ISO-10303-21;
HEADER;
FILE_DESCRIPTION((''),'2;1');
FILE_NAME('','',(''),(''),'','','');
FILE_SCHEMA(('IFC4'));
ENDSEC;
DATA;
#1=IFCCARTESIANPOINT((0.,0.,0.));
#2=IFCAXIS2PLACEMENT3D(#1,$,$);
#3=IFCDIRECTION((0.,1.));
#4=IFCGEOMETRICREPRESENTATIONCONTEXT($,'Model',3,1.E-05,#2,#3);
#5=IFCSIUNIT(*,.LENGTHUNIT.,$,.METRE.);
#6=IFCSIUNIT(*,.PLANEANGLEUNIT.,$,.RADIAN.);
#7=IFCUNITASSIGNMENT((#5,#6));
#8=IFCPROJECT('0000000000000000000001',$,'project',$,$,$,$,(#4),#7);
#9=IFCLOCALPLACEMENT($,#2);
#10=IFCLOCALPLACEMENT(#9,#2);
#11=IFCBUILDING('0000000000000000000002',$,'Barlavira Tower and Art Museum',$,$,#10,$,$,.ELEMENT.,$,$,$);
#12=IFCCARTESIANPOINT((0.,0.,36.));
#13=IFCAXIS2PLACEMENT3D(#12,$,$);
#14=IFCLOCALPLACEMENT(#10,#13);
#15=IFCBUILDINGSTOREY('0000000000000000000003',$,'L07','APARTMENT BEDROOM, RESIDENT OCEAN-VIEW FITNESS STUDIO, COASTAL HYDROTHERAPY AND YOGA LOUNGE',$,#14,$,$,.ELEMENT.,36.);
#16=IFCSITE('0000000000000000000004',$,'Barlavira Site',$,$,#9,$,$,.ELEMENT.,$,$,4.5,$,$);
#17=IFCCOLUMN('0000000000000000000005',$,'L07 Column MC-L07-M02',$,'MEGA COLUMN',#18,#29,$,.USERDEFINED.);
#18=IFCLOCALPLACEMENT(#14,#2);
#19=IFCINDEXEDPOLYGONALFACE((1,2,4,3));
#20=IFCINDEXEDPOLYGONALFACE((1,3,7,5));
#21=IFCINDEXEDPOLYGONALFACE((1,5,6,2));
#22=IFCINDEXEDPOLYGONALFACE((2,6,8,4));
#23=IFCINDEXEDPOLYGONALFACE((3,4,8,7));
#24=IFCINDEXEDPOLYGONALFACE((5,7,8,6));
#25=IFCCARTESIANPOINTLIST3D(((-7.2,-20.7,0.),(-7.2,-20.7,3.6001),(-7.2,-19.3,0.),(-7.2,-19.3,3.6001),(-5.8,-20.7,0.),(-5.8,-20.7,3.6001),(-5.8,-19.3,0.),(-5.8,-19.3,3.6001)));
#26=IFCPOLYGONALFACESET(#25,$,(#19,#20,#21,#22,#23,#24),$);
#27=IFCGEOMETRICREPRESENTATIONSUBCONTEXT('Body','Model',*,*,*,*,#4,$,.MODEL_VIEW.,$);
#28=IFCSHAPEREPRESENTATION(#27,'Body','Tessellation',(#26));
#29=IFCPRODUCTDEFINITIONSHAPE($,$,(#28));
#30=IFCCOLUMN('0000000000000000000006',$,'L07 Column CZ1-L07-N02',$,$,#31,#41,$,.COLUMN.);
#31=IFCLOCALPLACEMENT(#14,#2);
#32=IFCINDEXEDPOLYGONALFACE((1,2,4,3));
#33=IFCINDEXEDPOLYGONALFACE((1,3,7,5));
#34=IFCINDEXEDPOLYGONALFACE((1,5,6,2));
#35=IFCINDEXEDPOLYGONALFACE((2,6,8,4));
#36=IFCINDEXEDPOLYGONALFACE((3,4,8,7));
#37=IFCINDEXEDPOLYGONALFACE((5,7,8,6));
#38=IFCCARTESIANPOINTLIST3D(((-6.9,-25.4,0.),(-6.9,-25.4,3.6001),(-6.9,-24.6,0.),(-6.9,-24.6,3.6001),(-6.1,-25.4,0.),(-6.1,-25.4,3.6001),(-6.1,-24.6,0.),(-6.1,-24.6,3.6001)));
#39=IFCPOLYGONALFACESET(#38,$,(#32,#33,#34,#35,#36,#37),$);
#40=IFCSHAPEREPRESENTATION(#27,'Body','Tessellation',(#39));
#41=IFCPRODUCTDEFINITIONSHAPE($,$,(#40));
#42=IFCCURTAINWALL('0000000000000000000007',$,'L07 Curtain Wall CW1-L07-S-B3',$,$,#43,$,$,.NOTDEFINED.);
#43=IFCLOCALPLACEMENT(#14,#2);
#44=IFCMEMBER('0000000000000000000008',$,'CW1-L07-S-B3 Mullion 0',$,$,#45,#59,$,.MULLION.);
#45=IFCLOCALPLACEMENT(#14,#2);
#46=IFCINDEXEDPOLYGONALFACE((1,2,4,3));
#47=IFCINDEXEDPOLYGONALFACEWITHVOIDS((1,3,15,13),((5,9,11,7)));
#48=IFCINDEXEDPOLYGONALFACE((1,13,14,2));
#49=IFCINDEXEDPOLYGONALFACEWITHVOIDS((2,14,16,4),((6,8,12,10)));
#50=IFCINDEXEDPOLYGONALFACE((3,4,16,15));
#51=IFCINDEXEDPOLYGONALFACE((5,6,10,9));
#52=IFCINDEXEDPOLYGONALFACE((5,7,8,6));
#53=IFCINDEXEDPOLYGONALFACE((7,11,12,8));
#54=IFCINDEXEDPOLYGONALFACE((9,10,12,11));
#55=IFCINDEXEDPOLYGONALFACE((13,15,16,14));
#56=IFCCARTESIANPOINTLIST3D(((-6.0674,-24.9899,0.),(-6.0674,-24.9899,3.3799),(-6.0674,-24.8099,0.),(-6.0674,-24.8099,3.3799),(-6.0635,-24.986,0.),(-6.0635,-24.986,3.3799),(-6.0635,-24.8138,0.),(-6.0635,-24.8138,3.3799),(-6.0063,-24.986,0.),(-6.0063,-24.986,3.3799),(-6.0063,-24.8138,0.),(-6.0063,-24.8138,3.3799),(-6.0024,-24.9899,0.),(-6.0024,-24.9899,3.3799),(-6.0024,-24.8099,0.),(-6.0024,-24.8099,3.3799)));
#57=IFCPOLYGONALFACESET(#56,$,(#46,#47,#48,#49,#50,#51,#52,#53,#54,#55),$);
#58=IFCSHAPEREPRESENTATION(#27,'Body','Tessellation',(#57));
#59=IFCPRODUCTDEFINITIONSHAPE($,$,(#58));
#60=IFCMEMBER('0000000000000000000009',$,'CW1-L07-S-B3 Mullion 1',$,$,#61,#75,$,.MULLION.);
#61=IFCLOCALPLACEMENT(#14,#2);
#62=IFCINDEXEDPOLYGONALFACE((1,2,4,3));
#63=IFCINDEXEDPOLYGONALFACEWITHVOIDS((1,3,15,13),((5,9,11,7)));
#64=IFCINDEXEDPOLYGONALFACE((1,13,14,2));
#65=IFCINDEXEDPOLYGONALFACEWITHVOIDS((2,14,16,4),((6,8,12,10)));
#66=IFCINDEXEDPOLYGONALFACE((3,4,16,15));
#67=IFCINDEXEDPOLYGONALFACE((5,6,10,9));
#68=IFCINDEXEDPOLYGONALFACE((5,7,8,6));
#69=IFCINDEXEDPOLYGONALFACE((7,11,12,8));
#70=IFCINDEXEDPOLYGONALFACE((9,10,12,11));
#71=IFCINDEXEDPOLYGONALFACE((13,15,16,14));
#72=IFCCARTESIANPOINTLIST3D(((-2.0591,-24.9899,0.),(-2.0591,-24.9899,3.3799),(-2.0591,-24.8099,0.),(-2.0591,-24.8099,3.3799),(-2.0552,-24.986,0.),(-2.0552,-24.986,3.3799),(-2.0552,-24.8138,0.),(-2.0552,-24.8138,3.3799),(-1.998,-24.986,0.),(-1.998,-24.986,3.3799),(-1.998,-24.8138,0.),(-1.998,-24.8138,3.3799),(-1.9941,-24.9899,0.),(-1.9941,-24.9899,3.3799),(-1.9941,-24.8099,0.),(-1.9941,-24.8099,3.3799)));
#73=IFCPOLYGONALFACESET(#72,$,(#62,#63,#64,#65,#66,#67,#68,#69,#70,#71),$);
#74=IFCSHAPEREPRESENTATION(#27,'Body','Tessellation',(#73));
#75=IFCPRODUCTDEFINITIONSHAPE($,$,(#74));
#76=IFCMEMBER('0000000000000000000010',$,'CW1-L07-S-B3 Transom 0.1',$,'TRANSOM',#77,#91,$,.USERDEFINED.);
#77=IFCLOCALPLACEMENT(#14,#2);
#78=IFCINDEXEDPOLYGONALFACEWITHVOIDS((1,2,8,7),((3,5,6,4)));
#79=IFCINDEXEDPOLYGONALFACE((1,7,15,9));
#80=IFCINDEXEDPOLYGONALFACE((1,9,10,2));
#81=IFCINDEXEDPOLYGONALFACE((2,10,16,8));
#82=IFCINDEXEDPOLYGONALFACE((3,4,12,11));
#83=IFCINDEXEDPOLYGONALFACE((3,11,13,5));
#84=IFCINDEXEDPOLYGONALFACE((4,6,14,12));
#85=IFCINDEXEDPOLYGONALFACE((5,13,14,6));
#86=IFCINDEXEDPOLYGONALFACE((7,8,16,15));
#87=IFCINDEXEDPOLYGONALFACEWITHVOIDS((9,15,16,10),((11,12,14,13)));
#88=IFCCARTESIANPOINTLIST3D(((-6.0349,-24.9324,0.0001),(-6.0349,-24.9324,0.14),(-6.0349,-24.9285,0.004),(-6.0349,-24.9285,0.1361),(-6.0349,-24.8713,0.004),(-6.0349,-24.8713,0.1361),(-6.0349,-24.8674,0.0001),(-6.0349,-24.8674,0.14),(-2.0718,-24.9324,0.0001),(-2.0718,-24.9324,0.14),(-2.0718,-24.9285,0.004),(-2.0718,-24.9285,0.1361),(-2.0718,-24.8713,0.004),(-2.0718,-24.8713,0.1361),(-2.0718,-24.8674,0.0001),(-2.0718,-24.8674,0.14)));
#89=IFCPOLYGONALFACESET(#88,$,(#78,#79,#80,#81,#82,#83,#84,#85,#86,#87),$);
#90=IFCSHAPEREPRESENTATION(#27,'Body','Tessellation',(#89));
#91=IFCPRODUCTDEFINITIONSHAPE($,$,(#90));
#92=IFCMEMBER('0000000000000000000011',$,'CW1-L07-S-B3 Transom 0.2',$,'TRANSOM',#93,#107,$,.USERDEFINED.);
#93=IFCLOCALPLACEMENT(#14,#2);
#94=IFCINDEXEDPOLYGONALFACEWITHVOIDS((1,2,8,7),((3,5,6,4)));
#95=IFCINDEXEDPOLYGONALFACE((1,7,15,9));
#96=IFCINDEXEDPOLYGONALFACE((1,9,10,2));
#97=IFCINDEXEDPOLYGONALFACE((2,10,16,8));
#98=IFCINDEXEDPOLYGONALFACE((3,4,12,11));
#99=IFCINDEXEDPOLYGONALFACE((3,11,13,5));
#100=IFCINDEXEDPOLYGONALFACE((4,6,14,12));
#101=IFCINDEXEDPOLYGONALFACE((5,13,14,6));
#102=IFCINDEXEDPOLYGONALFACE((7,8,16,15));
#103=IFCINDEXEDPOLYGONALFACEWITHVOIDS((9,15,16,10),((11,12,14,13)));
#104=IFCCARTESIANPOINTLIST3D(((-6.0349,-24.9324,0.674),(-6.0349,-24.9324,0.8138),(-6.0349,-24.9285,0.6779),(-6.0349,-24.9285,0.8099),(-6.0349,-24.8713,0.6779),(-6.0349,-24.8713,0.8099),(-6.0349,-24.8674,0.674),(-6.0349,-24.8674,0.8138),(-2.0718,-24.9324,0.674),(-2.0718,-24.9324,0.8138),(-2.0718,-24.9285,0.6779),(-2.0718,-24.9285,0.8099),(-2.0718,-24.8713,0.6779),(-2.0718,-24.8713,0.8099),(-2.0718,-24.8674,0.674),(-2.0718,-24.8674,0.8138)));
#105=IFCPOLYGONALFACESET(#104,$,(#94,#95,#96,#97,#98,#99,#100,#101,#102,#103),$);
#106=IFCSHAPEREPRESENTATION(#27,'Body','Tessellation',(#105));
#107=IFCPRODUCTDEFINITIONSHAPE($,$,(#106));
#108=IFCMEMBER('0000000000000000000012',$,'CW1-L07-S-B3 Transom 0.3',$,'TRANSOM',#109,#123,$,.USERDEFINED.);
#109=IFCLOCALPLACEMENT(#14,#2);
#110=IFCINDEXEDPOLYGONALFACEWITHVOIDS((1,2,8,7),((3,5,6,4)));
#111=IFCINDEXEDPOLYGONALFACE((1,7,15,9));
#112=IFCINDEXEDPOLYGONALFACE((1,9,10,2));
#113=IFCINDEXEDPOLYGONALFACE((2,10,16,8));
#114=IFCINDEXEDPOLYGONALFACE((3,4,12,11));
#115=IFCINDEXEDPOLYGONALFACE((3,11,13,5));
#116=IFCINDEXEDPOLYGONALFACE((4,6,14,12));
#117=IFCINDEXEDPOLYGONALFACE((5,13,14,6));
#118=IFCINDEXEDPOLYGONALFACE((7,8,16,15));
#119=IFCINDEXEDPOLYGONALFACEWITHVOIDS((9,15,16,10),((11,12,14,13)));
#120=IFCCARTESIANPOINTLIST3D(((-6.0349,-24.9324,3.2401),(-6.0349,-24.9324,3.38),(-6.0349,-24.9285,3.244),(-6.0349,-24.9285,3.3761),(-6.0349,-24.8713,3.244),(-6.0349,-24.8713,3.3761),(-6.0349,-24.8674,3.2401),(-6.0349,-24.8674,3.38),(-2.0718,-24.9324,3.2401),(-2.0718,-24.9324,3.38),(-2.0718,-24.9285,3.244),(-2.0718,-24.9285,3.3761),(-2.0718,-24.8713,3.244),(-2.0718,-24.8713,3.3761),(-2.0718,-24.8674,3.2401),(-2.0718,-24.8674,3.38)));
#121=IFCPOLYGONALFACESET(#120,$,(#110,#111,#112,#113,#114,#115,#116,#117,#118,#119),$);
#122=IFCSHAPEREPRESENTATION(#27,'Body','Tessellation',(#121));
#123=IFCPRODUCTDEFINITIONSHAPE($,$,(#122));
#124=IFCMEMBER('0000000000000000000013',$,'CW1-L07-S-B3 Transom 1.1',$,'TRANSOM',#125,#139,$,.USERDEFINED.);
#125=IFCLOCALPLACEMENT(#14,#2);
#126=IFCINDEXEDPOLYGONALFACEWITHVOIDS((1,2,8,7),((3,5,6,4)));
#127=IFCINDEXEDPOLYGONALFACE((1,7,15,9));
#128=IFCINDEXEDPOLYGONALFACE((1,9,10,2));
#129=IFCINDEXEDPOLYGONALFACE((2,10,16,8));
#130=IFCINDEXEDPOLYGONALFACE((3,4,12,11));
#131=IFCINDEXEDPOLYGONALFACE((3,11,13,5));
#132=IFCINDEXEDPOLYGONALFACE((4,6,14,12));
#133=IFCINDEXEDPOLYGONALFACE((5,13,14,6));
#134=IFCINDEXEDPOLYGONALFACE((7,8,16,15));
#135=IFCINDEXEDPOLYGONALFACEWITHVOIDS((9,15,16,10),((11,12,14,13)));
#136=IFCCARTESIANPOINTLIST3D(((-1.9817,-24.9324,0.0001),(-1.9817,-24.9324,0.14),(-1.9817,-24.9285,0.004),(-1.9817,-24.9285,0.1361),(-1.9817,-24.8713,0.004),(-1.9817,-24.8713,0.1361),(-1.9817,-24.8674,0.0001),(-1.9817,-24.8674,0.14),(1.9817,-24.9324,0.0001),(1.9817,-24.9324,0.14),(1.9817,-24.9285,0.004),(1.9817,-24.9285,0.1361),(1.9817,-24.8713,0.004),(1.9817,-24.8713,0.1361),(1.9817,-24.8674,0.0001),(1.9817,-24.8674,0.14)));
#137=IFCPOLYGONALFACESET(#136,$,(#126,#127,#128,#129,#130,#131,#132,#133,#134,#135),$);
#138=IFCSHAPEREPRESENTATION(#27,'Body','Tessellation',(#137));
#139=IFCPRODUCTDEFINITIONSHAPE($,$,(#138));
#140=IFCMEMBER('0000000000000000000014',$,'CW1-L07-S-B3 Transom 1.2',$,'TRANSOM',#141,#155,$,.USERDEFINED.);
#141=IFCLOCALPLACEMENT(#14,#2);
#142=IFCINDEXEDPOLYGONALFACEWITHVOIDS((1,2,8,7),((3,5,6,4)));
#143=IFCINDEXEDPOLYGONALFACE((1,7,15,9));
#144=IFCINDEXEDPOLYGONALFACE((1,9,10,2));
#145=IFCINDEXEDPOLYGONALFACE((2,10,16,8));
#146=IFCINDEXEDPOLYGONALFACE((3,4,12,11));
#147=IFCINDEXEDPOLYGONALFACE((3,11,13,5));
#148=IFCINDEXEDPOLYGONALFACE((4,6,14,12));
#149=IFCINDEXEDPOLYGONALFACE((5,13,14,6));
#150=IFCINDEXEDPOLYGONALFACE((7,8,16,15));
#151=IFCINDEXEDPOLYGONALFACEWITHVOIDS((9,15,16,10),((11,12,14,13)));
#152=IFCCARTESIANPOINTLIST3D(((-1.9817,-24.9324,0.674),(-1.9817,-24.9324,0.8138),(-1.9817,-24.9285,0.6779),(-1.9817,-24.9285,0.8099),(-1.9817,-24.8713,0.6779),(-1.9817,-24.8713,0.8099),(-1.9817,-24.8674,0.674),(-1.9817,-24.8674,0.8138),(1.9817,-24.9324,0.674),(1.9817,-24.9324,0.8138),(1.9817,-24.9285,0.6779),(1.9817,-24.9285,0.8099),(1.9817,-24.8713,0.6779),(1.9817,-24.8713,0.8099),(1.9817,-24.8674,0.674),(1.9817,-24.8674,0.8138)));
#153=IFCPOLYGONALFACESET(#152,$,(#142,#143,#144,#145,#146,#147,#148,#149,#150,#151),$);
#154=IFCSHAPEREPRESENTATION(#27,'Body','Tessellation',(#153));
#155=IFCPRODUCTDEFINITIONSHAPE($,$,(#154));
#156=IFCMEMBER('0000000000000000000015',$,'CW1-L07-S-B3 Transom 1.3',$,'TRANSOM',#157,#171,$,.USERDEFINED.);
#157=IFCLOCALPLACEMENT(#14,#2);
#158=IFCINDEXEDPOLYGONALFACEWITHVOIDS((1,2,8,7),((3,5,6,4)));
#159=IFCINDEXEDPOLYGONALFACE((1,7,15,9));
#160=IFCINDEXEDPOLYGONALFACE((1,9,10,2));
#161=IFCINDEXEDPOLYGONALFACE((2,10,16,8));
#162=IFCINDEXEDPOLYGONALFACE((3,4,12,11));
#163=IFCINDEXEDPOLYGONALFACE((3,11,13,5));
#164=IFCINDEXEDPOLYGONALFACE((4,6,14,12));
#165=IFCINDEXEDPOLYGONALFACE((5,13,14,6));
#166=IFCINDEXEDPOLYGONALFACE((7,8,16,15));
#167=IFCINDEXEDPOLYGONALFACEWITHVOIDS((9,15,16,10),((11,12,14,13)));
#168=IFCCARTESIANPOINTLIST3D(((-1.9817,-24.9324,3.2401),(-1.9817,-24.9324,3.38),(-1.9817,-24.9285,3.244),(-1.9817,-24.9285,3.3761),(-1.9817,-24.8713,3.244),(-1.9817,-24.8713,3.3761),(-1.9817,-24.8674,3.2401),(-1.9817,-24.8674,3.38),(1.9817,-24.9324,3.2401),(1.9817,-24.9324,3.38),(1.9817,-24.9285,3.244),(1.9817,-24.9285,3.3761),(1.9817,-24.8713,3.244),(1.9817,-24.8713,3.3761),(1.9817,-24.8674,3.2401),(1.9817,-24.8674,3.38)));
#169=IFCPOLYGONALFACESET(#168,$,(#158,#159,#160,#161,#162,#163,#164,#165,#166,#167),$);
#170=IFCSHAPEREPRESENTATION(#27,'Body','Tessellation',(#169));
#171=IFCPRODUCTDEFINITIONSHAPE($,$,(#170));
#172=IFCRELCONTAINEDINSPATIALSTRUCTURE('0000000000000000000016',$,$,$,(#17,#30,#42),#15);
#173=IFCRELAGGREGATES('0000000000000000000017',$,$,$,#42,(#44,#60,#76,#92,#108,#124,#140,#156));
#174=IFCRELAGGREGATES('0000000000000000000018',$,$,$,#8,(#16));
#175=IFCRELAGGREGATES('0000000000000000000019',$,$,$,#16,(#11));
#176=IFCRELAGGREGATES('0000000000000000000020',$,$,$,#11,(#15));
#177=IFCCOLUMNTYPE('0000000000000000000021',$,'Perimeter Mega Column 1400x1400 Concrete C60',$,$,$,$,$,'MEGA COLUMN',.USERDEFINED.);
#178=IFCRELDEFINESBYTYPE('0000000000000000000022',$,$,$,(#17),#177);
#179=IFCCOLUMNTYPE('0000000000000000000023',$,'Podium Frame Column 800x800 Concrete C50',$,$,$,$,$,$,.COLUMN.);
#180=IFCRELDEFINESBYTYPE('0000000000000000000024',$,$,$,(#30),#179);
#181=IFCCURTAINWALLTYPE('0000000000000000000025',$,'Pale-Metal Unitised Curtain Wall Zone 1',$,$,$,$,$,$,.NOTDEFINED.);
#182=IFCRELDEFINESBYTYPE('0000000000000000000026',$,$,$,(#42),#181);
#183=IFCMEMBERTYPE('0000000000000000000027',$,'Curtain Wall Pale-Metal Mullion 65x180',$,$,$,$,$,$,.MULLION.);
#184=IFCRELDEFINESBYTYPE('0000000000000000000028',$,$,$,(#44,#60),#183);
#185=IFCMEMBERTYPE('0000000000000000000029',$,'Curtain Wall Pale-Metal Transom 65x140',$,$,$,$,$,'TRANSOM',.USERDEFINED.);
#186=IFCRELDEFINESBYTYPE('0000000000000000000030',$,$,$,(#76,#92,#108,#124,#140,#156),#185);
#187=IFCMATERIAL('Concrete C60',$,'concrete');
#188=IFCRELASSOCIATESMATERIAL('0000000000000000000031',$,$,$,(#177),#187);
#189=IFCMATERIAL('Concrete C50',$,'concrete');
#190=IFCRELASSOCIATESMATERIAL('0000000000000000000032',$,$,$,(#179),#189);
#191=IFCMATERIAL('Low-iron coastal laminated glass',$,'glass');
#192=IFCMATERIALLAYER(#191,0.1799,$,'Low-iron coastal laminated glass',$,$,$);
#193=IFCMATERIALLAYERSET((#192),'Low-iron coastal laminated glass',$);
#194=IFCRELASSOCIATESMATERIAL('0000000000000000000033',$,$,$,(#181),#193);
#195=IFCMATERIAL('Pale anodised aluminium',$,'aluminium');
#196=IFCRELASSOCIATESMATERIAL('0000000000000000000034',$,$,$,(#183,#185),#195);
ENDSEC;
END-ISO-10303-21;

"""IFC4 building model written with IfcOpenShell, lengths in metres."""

from ifc_helpers import new_model, si_unit, direction, frame, origin, origin_2d, place, context, subcontext, project, spatial, rectangle, hollow_rectangle, extrude, material, layer, layer_set, material_profile, profile_set, type_object, element, aggregate, save


model = new_model("IFC4")

# Units and contexts
model_context = context("Model", 3, precision=1e-05, world=origin(), true_north=direction((0.0, 1.0)))
body_context = subcontext(model_context, "Body", "Model", "MODEL_VIEW")
ifc_project = project(units=[si_unit("LENGTHUNIT", "METRE"), si_unit("PLANEANGLEUNIT", "RADIAN")], contexts=[model_context])

# Site, building, storey
site_placement = place(None, origin())
site = spatial("IfcSite", under=ifc_project, at=site_placement, Name="Barlavira Site", CompositionType="ELEMENT", RefElevation=4.5)
building_placement = place(site_placement, origin())
building = spatial("IfcBuilding", under=site, at=building_placement, Name="Barlavira Tower and Art Museum", CompositionType="ELEMENT")
storey_placement = place(building_placement, frame((0.0, 0.0, 36.0)))
storey = spatial("IfcBuildingStorey", under=building, at=storey_placement, Name="L07", Description="APARTMENT BEDROOM, RESIDENT OCEAN-VIEW FITNESS STUDIO, COASTAL HYDROTHERAPY AND YOGA LOUNGE", CompositionType="ELEMENT", Elevation=36.0)

# Columns
ifc_material_1 = material(Name="Concrete C60", Category="concrete")
ifc_material_profile_1 = material_profile(ifc_material_1, rectangle(XDim=1.3999, YDim=1.3999, at=origin_2d()), Name="RC-MCOL 1400x1400")
ifc_profile_set_1 = profile_set([ifc_material_profile_1], Name="Concrete C60")
column_type_1 = type_object("IfcColumnType", Name="Perimeter Mega Column 1400x1400 Concrete C60", ElementType="MEGA COLUMN", PredefinedType="USERDEFINED", material=ifc_profile_set_1)
column_1_placement = place(storey_placement, frame((-6.5, -20.0, 0.0), z_axis=(0.0, 0.0, 1.0), x_axis=(1.0, 0.0, 0.0)))
element("IfcColumn", 1, at=column_1_placement, inside=storey, type_object=column_type_1, Name="L07 Column MC-L07-M02", ObjectType="MEGA COLUMN", PredefinedType="USERDEFINED", context=body_context, shape_type="SweptSolid", body=[
    extrude(rectangle(XDim=1.3999, YDim=1.3999, at=origin_2d()), origin(), (0.0, 0.0, 1.0), 3.6001),
])
ifc_material_2 = material(Name="Concrete C50", Category="concrete")
ifc_material_profile_2 = material_profile(ifc_material_2, rectangle(XDim=0.8, YDim=0.8, at=origin_2d()), Name="RC-COL 800x800")
ifc_profile_set_2 = profile_set([ifc_material_profile_2], Name="Concrete C50")
column_type_2 = type_object("IfcColumnType", Name="Podium Frame Column 800x800 Concrete C50", PredefinedType="COLUMN", material=ifc_profile_set_2)
column_2_placement = place(storey_placement, frame((-6.5, -25.0, 0.0), z_axis=(0.0, 0.0, 1.0), x_axis=(1.0, 0.0, 0.0)))
element("IfcColumn", 2, at=column_2_placement, inside=storey, type_object=column_type_2, Name="L07 Column CZ1-L07-N02", PredefinedType="COLUMN", context=body_context, shape_type="SweptSolid", body=[
    extrude(rectangle(XDim=0.8, YDim=0.8, at=origin_2d()), origin(), (0.0, 0.0, 1.0), 3.6001),
])

# Curtain wall, members
ifc_material_3 = material(Name="Low-iron coastal laminated glass", Category="glass")
ifc_layer_1 = layer(ifc_material_3, 0.1799, Name="Low-iron coastal laminated glass")
ifc_layer_set_1 = layer_set([ifc_layer_1], Name="Low-iron coastal laminated glass")
curtain_wall_type = type_object("IfcCurtainWallType", Name="Pale-Metal Unitised Curtain Wall Zone 1", PredefinedType="NOTDEFINED", material=ifc_layer_set_1)
curtain_wall_placement = place(storey_placement, origin())
curtain_wall = element("IfcCurtainWall", 3, at=curtain_wall_placement, inside=storey, type_object=curtain_wall_type, Name="L07 Curtain Wall CW1-L07-S-B3", PredefinedType="NOTDEFINED")
ifc_material_4 = material(Name="Pale anodised aluminium", Category="aluminium")
ifc_material_profile_3 = material_profile(ifc_material_4, hollow_rectangle(XDim=0.0649, YDim=0.1799, WallThickness=0.0039, at=origin_2d()), Name="ALU-MULL 65x180x4")
ifc_profile_set_3 = profile_set([ifc_material_profile_3], Name="Pale anodised aluminium")
member_type_1 = type_object("IfcMemberType", Name="Curtain Wall Pale-Metal Mullion 65x180", PredefinedType="MULLION", material=ifc_profile_set_3)
member_1_placement = place(storey_placement, frame((-6.0349, -24.8999, 0.0), z_axis=(0.0, 0.0, 1.0), x_axis=(1.0, 0.0, 0.0)))
member_1 = element("IfcMember", 4, at=member_1_placement, type_object=member_type_1, Name="CW1-L07-S-B3 Mullion 0", PredefinedType="MULLION", context=body_context, shape_type="SweptSolid", body=[
    extrude(hollow_rectangle(XDim=0.0649, YDim=0.1799, WallThickness=0.0039, at=origin_2d()), origin(), (0.0, 0.0, 1.0), 3.3799),
])
member_2_placement = place(storey_placement, frame((-2.0266, -24.8999, 0.0), z_axis=(0.0, 0.0, 1.0), x_axis=(1.0, 0.0, 0.0)))
member_2 = element("IfcMember", 5, at=member_2_placement, type_object=member_type_1, Name="CW1-L07-S-B3 Mullion 1", PredefinedType="MULLION", context=body_context, shape_type="SweptSolid", body=[
    extrude(hollow_rectangle(XDim=0.0649, YDim=0.1799, WallThickness=0.0039, at=origin_2d()), origin(), (0.0, 0.0, 1.0), 3.3799),
])
ifc_material_profile_4 = material_profile(ifc_material_4, hollow_rectangle(XDim=0.0649, YDim=0.1399, WallThickness=0.0039, at=origin_2d()), Name="ALU-TRAN 65x140x4")
ifc_profile_set_4 = profile_set([ifc_material_profile_4], Name="Pale anodised aluminium")
member_type_2 = type_object("IfcMemberType", Name="Curtain Wall Pale-Metal Transom 65x140", ElementType="TRANSOM", PredefinedType="USERDEFINED", material=ifc_profile_set_4)
member_3_placement = place(storey_placement, frame((-6.0349, -24.8999, 0.0701), z_axis=(1.0, 0.0, 0.0), x_axis=(0.0, 1.0, 0.0)))
member_3 = element("IfcMember", 6, at=member_3_placement, type_object=member_type_2, Name="CW1-L07-S-B3 Transom 0.1", ObjectType="TRANSOM", PredefinedType="USERDEFINED", context=body_context, shape_type="SweptSolid", body=[
    extrude(hollow_rectangle(XDim=0.0649, YDim=0.1399, WallThickness=0.0039, at=origin_2d()), origin(), (0.0, 0.0, 1.0), 3.9631),
])
member_4_placement = place(storey_placement, frame((-6.0349, -24.8999, 0.7439), z_axis=(1.0, 0.0, 0.0), x_axis=(0.0, 1.0, 0.0)))
member_4 = element("IfcMember", 7, at=member_4_placement, type_object=member_type_2, Name="CW1-L07-S-B3 Transom 0.2", ObjectType="TRANSOM", PredefinedType="USERDEFINED", context=body_context, shape_type="SweptSolid", body=[
    extrude(hollow_rectangle(XDim=0.0649, YDim=0.1399, WallThickness=0.0039, at=origin_2d()), origin(), (0.0, 0.0, 1.0), 3.9631),
])
member_5_placement = place(storey_placement, frame((-6.0349, -24.8999, 3.3101), z_axis=(1.0, 0.0, 0.0), x_axis=(0.0, 1.0, 0.0)))
member_5 = element("IfcMember", 8, at=member_5_placement, type_object=member_type_2, Name="CW1-L07-S-B3 Transom 0.3", ObjectType="TRANSOM", PredefinedType="USERDEFINED", context=body_context, shape_type="SweptSolid", body=[
    extrude(hollow_rectangle(XDim=0.0649, YDim=0.1399, WallThickness=0.0039, at=origin_2d()), origin(), (0.0, 0.0, 1.0), 3.9631),
])
member_6_placement = place(storey_placement, frame((-1.9817, -24.8999, 0.0701), z_axis=(1.0, 0.0, 0.0), x_axis=(0.0, 1.0, 0.0)))
member_6 = element("IfcMember", 9, at=member_6_placement, type_object=member_type_2, Name="CW1-L07-S-B3 Transom 1.1", ObjectType="TRANSOM", PredefinedType="USERDEFINED", context=body_context, shape_type="SweptSolid", body=[
    extrude(hollow_rectangle(XDim=0.0649, YDim=0.1399, WallThickness=0.0039, at=origin_2d()), origin(), (0.0, 0.0, 1.0), 3.9634),
])
member_7_placement = place(storey_placement, frame((-1.9817, -24.8999, 0.7439), z_axis=(1.0, 0.0, 0.0), x_axis=(0.0, 1.0, 0.0)))
member_7 = element("IfcMember", 10, at=member_7_placement, type_object=member_type_2, Name="CW1-L07-S-B3 Transom 1.2", ObjectType="TRANSOM", PredefinedType="USERDEFINED", context=body_context, shape_type="SweptSolid", body=[
    extrude(hollow_rectangle(XDim=0.0649, YDim=0.1399, WallThickness=0.0039, at=origin_2d()), origin(), (0.0, 0.0, 1.0), 3.9634),
])
member_8_placement = place(storey_placement, frame((-1.9817, -24.8999, 3.3101), z_axis=(1.0, 0.0, 0.0), x_axis=(0.0, 1.0, 0.0)))
member_8 = element("IfcMember", 11, at=member_8_placement, type_object=member_type_2, Name="CW1-L07-S-B3 Transom 1.3", ObjectType="TRANSOM", PredefinedType="USERDEFINED", context=body_context, shape_type="SweptSolid", body=[
    extrude(hollow_rectangle(XDim=0.0649, YDim=0.1399, WallThickness=0.0039, at=origin_2d()), origin(), (0.0, 0.0, 1.0), 3.9634),
])

aggregate(curtain_wall, [member_1, member_2, member_3, member_4, member_5, member_6, member_7, member_8])

save(model, "model.ifc")
